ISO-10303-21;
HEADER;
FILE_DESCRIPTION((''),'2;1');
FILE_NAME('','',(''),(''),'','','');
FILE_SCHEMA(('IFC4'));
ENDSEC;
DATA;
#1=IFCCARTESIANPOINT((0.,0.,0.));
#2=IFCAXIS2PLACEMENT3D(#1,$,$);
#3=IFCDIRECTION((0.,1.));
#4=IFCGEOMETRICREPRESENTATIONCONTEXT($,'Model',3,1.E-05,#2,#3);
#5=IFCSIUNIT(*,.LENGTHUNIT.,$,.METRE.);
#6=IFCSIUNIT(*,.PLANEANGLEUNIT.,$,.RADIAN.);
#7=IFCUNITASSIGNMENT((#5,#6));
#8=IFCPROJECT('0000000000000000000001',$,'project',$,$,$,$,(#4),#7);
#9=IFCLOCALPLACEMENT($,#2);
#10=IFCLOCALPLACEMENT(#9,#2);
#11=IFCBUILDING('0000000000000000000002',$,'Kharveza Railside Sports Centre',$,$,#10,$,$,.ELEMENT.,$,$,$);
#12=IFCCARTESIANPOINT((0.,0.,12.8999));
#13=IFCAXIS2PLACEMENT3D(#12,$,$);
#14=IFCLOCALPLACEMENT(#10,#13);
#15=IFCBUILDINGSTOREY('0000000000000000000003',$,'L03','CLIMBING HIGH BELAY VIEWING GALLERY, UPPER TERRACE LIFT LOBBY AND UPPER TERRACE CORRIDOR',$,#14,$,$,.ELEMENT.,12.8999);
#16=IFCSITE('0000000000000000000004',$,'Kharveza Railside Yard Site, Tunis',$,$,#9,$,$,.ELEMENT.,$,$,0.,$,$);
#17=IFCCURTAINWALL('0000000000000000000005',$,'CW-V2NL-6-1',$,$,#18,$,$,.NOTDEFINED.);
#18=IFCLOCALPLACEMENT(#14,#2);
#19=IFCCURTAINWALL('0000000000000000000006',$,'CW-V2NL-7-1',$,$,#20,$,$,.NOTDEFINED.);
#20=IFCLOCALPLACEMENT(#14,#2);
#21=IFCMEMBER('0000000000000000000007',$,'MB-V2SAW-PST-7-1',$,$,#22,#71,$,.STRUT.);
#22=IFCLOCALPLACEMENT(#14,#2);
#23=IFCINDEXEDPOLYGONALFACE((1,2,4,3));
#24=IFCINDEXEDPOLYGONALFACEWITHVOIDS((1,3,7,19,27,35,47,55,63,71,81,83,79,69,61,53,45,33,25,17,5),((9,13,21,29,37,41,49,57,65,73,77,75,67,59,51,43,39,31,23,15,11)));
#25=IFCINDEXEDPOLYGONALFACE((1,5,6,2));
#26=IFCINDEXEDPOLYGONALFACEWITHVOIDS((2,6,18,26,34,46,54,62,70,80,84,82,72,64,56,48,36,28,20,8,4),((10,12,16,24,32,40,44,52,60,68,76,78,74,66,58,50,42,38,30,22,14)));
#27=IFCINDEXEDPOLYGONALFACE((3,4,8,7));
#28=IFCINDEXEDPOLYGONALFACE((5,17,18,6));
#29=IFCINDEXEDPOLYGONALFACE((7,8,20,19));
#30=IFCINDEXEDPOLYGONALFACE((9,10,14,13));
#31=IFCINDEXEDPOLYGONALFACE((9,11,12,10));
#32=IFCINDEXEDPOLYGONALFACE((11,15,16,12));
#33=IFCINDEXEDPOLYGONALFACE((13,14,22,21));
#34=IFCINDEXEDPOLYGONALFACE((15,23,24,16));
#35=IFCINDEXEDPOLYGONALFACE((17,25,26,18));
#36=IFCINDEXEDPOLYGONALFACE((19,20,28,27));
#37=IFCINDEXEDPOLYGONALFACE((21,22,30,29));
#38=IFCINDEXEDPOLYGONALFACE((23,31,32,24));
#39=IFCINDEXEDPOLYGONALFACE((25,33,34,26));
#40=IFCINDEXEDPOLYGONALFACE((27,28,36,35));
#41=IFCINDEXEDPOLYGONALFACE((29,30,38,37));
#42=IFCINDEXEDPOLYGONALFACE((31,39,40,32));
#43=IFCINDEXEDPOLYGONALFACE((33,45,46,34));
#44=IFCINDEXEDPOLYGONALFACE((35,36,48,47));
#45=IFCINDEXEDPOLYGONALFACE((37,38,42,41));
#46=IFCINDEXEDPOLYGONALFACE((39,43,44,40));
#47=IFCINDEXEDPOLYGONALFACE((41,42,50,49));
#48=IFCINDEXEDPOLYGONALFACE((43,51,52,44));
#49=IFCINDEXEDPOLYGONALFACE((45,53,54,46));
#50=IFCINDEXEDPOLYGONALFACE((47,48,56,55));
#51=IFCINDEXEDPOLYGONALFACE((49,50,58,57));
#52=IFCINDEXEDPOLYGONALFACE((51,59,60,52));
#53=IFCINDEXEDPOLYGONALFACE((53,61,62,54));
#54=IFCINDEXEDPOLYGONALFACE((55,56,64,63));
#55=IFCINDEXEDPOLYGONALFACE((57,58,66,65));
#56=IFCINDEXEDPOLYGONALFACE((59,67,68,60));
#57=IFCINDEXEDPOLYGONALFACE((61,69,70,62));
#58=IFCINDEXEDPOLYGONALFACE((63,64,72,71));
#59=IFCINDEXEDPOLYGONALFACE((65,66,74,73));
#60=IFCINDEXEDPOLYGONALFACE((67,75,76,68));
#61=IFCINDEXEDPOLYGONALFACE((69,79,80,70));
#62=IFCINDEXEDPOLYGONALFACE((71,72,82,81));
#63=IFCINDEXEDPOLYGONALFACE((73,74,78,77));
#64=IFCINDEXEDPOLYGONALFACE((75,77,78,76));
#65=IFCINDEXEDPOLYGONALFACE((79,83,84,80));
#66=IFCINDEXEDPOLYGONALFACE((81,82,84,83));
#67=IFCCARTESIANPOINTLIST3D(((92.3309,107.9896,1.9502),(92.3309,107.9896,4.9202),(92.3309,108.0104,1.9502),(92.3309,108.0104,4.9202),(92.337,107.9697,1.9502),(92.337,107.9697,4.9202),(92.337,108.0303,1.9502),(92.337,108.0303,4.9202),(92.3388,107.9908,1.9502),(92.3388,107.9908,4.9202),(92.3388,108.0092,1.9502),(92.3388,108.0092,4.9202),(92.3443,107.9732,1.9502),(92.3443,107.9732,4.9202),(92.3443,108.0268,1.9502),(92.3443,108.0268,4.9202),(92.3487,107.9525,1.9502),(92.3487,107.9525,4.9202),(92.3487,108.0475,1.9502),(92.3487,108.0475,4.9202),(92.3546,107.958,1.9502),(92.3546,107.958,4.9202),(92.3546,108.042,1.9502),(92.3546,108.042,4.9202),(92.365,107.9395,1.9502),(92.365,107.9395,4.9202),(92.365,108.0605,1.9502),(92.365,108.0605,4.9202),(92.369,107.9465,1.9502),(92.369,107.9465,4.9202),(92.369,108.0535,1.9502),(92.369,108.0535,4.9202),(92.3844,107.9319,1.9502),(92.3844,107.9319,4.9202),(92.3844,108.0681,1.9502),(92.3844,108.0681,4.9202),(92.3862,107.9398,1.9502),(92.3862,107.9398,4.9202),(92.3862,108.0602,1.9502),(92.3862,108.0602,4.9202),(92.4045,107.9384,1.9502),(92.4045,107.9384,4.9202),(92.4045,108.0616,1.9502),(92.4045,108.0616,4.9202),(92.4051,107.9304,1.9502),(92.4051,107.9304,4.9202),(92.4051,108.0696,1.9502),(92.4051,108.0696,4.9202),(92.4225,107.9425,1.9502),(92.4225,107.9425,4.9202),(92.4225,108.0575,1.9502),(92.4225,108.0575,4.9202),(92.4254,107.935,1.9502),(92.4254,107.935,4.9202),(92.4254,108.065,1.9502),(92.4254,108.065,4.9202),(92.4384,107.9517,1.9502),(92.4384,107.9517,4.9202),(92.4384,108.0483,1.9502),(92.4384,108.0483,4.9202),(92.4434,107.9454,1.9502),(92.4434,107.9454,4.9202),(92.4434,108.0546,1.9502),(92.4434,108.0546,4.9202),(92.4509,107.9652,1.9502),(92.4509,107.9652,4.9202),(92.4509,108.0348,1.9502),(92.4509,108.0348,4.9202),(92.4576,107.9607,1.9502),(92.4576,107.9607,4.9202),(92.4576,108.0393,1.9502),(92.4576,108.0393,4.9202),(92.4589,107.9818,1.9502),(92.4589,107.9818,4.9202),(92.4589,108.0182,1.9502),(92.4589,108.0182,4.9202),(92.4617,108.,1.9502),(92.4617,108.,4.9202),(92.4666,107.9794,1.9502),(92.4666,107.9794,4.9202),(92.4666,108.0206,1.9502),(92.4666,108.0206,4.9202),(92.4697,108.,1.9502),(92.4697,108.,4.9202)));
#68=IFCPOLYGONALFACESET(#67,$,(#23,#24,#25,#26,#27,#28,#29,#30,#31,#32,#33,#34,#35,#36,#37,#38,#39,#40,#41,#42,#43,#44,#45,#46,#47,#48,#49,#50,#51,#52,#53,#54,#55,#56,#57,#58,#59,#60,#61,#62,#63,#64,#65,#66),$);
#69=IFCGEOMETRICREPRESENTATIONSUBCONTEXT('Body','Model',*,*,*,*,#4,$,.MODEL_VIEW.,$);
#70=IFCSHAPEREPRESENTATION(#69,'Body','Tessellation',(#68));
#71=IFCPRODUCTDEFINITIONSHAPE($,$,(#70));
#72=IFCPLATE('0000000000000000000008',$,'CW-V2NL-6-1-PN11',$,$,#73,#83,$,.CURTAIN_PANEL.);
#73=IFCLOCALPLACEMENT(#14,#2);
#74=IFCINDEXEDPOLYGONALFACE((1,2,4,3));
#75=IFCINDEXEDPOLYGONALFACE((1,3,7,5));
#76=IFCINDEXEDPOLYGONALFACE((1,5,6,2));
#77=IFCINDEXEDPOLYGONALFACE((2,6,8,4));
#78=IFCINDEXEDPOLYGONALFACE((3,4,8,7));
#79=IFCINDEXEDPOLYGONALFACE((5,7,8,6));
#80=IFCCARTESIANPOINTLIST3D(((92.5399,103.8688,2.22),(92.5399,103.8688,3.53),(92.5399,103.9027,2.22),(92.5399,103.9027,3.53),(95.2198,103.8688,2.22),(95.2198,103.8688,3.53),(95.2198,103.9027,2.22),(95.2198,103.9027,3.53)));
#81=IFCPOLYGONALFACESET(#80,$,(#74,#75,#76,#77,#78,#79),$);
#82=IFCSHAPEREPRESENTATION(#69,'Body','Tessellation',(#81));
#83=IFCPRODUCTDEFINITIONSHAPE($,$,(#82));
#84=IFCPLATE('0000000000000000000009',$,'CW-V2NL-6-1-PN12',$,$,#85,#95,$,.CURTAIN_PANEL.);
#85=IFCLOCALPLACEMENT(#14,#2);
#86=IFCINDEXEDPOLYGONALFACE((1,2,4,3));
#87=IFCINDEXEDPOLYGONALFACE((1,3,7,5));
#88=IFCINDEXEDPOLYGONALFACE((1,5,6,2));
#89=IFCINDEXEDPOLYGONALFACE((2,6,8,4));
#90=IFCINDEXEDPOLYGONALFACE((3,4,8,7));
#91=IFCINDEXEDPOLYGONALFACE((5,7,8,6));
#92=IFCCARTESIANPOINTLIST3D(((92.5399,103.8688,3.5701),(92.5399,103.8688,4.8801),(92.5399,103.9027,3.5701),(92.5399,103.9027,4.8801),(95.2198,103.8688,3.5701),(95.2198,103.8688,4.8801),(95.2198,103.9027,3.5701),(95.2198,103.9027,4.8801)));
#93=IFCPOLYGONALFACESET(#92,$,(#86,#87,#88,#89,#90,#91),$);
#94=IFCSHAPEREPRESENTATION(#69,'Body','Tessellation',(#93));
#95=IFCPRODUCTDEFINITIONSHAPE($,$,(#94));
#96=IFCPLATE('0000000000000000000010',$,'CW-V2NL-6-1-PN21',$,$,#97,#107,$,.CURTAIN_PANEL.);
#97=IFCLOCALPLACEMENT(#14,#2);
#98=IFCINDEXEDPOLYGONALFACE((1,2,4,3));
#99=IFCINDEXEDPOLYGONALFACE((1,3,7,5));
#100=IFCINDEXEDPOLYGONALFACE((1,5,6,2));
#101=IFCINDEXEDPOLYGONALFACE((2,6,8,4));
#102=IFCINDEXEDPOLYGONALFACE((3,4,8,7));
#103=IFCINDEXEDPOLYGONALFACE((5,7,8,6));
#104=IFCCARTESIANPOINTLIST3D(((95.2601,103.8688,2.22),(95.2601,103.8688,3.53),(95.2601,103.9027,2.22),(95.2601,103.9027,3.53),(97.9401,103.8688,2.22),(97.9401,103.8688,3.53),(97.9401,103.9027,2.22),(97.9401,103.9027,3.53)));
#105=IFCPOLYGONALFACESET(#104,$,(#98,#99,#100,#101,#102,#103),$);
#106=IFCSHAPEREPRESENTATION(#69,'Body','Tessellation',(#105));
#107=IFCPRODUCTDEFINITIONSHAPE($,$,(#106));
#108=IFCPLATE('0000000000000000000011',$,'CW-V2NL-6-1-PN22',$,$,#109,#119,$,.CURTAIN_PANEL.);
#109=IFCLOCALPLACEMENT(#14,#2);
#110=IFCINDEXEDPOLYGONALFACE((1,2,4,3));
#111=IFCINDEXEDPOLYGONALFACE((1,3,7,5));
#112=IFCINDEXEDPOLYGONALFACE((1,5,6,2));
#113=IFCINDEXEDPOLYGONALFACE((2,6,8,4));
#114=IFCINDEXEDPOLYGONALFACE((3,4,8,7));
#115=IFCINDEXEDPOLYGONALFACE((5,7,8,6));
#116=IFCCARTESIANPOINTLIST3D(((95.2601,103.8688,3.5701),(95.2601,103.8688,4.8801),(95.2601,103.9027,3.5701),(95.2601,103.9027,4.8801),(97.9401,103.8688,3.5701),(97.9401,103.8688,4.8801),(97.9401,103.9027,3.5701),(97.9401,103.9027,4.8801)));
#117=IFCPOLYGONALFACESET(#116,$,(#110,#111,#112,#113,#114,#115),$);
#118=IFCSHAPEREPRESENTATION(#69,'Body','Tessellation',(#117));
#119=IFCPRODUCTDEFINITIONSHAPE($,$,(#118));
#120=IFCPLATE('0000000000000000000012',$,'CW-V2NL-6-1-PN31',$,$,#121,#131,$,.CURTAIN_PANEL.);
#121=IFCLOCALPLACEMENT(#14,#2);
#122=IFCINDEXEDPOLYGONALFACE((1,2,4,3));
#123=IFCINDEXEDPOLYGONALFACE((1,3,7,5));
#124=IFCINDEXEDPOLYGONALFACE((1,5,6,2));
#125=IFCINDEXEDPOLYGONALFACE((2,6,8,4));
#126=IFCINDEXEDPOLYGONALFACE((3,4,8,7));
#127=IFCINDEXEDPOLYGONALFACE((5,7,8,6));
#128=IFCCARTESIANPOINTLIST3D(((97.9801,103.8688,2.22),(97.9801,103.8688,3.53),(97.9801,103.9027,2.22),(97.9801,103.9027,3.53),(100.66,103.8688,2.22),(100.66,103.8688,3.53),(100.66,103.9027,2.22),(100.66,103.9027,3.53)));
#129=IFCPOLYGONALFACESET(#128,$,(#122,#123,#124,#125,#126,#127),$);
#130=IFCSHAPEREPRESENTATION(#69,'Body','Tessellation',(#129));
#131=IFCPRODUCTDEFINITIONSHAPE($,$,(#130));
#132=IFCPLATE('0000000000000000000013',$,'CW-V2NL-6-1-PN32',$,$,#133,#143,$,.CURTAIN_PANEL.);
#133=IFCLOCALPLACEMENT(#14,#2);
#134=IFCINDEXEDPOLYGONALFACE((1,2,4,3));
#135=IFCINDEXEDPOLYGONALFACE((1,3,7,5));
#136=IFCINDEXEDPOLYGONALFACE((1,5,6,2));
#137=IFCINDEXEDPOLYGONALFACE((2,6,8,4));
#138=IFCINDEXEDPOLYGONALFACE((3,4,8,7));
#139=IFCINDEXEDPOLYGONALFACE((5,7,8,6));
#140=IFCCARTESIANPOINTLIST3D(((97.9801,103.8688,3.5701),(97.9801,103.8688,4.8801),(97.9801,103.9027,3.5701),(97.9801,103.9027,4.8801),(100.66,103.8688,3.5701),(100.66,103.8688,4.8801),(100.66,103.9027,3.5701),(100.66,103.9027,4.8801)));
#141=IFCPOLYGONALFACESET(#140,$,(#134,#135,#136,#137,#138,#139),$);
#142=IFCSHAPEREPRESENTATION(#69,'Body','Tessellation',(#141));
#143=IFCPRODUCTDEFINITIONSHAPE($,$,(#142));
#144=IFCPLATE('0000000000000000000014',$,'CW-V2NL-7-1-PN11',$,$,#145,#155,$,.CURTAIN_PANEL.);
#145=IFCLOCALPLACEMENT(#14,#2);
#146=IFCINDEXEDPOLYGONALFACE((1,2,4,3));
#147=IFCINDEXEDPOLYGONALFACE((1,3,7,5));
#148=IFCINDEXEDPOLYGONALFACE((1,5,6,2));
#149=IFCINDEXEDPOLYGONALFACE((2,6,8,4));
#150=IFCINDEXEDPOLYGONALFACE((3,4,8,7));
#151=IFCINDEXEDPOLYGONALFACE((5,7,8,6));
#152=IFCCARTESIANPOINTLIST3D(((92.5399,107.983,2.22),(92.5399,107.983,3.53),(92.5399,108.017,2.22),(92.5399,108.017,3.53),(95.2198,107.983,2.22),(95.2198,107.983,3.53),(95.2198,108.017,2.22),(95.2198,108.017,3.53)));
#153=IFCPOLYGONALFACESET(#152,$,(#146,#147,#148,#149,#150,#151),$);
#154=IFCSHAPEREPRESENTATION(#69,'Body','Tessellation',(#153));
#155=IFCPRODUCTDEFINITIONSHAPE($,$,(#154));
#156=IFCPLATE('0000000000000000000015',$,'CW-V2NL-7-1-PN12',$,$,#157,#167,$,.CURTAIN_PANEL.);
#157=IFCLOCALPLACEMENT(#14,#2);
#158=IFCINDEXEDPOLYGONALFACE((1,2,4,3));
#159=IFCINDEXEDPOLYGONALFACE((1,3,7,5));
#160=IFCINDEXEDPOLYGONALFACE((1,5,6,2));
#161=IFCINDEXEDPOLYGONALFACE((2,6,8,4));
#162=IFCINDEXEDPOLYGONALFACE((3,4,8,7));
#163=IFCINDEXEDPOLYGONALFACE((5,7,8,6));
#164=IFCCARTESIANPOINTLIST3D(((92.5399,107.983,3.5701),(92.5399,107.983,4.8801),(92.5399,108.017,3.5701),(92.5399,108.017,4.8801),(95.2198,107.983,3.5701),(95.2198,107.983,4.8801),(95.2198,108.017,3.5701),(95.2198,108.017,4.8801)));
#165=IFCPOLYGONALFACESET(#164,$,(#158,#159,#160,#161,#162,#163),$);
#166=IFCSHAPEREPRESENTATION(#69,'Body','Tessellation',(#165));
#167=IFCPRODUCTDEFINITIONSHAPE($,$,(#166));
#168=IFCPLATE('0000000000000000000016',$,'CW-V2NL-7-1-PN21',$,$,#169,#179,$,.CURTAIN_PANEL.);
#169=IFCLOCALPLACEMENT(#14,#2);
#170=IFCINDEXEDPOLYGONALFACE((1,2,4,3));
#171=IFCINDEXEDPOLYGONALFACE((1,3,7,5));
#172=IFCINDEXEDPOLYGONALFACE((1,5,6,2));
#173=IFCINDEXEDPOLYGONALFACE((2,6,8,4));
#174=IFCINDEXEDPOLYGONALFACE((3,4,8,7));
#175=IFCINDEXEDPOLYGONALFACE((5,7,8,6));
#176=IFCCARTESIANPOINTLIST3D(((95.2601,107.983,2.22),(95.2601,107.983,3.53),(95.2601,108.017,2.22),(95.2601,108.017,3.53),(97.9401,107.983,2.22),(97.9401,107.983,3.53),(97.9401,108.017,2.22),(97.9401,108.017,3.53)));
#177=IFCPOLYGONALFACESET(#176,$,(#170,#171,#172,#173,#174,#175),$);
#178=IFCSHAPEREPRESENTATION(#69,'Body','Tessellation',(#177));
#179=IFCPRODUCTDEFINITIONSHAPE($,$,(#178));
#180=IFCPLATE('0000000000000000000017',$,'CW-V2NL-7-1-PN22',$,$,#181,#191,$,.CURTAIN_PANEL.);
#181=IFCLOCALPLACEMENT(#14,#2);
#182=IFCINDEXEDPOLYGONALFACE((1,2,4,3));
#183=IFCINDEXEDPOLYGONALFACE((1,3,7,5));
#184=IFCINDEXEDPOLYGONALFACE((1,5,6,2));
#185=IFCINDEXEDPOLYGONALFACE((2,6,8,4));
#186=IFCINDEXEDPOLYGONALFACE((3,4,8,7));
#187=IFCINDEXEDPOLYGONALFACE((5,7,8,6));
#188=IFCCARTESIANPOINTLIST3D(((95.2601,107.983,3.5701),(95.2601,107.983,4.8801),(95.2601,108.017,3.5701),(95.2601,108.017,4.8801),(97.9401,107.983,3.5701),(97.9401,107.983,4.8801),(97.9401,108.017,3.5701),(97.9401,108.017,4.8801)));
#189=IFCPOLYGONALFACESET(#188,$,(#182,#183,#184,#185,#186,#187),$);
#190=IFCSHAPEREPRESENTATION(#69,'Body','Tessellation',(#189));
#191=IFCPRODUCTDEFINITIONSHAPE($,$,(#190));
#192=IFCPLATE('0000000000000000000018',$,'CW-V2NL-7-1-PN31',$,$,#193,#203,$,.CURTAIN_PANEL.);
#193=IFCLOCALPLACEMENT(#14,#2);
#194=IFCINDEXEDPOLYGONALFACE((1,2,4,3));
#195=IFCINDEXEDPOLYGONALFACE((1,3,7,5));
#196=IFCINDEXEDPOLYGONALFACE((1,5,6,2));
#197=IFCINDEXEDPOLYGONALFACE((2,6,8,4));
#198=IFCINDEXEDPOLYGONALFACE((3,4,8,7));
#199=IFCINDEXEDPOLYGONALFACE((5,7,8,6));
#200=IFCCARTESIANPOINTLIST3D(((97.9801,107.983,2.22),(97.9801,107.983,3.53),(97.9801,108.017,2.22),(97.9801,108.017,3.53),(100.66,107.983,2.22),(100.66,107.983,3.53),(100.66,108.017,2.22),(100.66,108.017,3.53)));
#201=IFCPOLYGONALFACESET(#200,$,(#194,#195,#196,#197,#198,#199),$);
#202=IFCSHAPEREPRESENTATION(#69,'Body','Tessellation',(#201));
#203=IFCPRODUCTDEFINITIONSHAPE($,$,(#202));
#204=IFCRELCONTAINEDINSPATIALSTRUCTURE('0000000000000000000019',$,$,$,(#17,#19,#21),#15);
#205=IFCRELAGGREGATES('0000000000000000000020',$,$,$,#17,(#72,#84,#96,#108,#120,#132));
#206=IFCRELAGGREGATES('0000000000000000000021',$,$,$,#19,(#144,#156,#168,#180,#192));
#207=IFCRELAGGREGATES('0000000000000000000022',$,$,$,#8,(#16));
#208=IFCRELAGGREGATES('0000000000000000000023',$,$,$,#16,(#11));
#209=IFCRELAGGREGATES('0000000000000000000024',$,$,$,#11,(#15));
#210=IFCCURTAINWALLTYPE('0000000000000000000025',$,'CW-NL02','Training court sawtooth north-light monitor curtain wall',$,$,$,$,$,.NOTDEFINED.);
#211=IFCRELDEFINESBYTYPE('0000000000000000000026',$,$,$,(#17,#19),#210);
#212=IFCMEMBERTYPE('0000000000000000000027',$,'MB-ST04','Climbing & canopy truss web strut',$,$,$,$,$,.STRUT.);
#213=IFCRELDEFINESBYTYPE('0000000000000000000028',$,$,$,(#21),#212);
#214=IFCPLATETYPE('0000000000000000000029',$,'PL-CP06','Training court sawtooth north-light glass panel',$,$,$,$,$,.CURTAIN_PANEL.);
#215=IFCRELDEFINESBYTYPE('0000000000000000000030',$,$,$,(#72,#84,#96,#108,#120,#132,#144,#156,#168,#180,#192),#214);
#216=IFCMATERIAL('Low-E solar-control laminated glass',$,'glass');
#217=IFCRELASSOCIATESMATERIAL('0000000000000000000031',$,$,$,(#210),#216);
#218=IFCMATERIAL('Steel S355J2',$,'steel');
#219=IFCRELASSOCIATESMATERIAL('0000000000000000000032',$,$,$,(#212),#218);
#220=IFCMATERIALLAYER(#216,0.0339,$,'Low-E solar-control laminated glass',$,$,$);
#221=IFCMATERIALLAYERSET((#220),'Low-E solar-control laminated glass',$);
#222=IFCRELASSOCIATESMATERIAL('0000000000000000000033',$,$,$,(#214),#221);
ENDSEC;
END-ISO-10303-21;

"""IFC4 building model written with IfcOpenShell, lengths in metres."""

from ifc_helpers import new_model, si_unit, direction, frame, origin, origin_2d, place, context, subcontext, project, spatial, rectangle, hollow_circle, extrude, material, layer, layer_set, material_profile, profile_set, type_object, element, aggregate, save


model = new_model("IFC4")

# Units and contexts
model_context = context("Model", 3, precision=1e-05, world=origin(), true_north=direction((0.0, 1.0)))
body_context = subcontext(model_context, "Body", "Model", "MODEL_VIEW")
ifc_project = project(units=[si_unit("LENGTHUNIT", "METRE"), si_unit("PLANEANGLEUNIT", "RADIAN")], contexts=[model_context])

# Site, building, storey
site_placement = place(None, origin())
site = spatial("IfcSite", under=ifc_project, at=site_placement, Name="Kharveza Railside Yard Site, Tunis", CompositionType="ELEMENT", RefElevation=0.0)
building_placement = place(site_placement, origin())
building = spatial("IfcBuilding", under=site, at=building_placement, Name="Kharveza Railside Sports Centre", CompositionType="ELEMENT")
storey_placement = place(building_placement, frame((0.0, 0.0, 12.8999)))
storey = spatial("IfcBuildingStorey", under=building, at=storey_placement, Name="L03", Description="CLIMBING HIGH BELAY VIEWING GALLERY, UPPER TERRACE LIFT LOBBY AND UPPER TERRACE CORRIDOR", CompositionType="ELEMENT", Elevation=12.8999)

# Shared definitions
ifc_material_1 = material(Name="Steel S355J2", Category="steel")

# Curtain walls
ifc_material_2 = material(Name="Low-E solar-control laminated glass", Category="glass")
curtain_wall_type = type_object("IfcCurtainWallType", Name="CW-NL02", Description="Training court sawtooth north-light monitor curtain wall", PredefinedType="NOTDEFINED", material=ifc_material_2)
curtain_wall_1_placement = place(storey_placement, origin())
curtain_wall_1 = element("IfcCurtainWall", 1, at=curtain_wall_1_placement, inside=storey, type_object=curtain_wall_type, Name="CW-V2NL-6-1", PredefinedType="NOTDEFINED")
curtain_wall_2_placement = place(storey_placement, origin())
curtain_wall_2 = element("IfcCurtainWall", 2, at=curtain_wall_2_placement, inside=storey, type_object=curtain_wall_type, Name="CW-V2NL-7-1", PredefinedType="NOTDEFINED")

# Member
ifc_material_profile_1 = material_profile(ifc_material_1, hollow_circle(Radius=0.0698, WallThickness=0.0081, at=origin_2d()), Name="CHS 139.7x8.0")
ifc_profile_set_1 = profile_set([ifc_material_profile_1], Name="Steel S355J2")
member_type_1 = type_object("IfcMemberType", Name="MB-ST04", Description="Climbing & canopy truss web strut", PredefinedType="STRUT", material=ifc_profile_set_1)
member_1_placement = place(storey_placement, frame((92.3999, 108.0, 1.9502), z_axis=(0.0, 0.0, 1.0), x_axis=(1.0, 0.0, 0.0)))
element("IfcMember", 3, at=member_1_placement, inside=storey, type_object=member_type_1, Name="MB-V2SAW-PST-7-1", PredefinedType="STRUT", context=body_context, shape_type="SweptSolid", body=[
    extrude(hollow_circle(Radius=0.0698, WallThickness=0.0081, at=origin_2d()), origin(), (0.0, 0.0, 1.0), 2.97),
])

# Plates
ifc_layer_1 = layer(ifc_material_2, 0.0339, Name="Low-E solar-control laminated glass")
ifc_layer_set_1 = layer_set([ifc_layer_1], Name="Low-E solar-control laminated glass")
plate_type_1 = type_object("IfcPlateType", Name="PL-CP06", Description="Training court sawtooth north-light glass panel", PredefinedType="CURTAIN_PANEL", material=ifc_layer_set_1)
plate_1_placement = place(storey_placement, frame((93.8799, 103.8857, 2.22), z_axis=(0.0, 0.0, 1.0), x_axis=(1.0, 0.0, 0.0)))
plate_1 = element("IfcPlate", 4, at=plate_1_placement, type_object=plate_type_1, Name="CW-V2NL-6-1-PN11", PredefinedType="CURTAIN_PANEL", context=body_context, shape_type="SweptSolid", body=[
    extrude(rectangle(XDim=2.6799, YDim=0.0339, at=origin_2d()), origin(), (0.0, 0.0, 1.0), 1.3101),
])
plate_2_placement = place(storey_placement, frame((93.8799, 103.8857, 3.5701), z_axis=(0.0, 0.0, 1.0), x_axis=(1.0, 0.0, 0.0)))
plate_2 = element("IfcPlate", 5, at=plate_2_placement, type_object=plate_type_1, Name="CW-V2NL-6-1-PN12", PredefinedType="CURTAIN_PANEL", context=body_context, shape_type="SweptSolid", body=[
    extrude(rectangle(XDim=2.6799, YDim=0.0339, at=origin_2d()), origin(), (0.0, 0.0, 1.0), 1.3101),
])
plate_3_placement = place(storey_placement, frame((96.6001, 103.8857, 2.22), z_axis=(0.0, 0.0, 1.0), x_axis=(1.0, 0.0, 0.0)))
plate_3 = element("IfcPlate", 6, at=plate_3_placement, type_object=plate_type_1, Name="CW-V2NL-6-1-PN21", PredefinedType="CURTAIN_PANEL", context=body_context, shape_type="SweptSolid", body=[
    extrude(rectangle(XDim=2.6799, YDim=0.0339, at=origin_2d()), origin(), (0.0, 0.0, 1.0), 1.3101),
])
plate_4_placement = place(storey_placement, frame((96.6001, 103.8857, 3.5701), z_axis=(0.0, 0.0, 1.0), x_axis=(1.0, 0.0, 0.0)))
plate_4 = element("IfcPlate", 7, at=plate_4_placement, type_object=plate_type_1, Name="CW-V2NL-6-1-PN22", PredefinedType="CURTAIN_PANEL", context=body_context, shape_type="SweptSolid", body=[
    extrude(rectangle(XDim=2.6799, YDim=0.0339, at=origin_2d()), origin(), (0.0, 0.0, 1.0), 1.3101),
])
plate_5_placement = place(storey_placement, frame((99.3201, 103.8857, 2.22), z_axis=(0.0, 0.0, 1.0), x_axis=(1.0, 0.0, 0.0)))
plate_5 = element("IfcPlate", 8, at=plate_5_placement, type_object=plate_type_1, Name="CW-V2NL-6-1-PN31", PredefinedType="CURTAIN_PANEL", context=body_context, shape_type="SweptSolid", body=[
    extrude(rectangle(XDim=2.6799, YDim=0.0339, at=origin_2d()), origin(), (0.0, 0.0, 1.0), 1.3101),
])
plate_6_placement = place(storey_placement, frame((99.3201, 103.8857, 3.5701), z_axis=(0.0, 0.0, 1.0), x_axis=(1.0, 0.0, 0.0)))
plate_6 = element("IfcPlate", 9, at=plate_6_placement, type_object=plate_type_1, Name="CW-V2NL-6-1-PN32", PredefinedType="CURTAIN_PANEL", context=body_context, shape_type="SweptSolid", body=[
    extrude(rectangle(XDim=2.6799, YDim=0.0339, at=origin_2d()), origin(), (0.0, 0.0, 1.0), 1.3101),
])
aggregate(curtain_wall_1, [plate_1, plate_2, plate_3, plate_4, plate_5, plate_6])
plate_7_placement = place(storey_placement, frame((93.8799, 108.0, 2.22), z_axis=(0.0, 0.0, 1.0), x_axis=(1.0, 0.0, 0.0)))
plate_7 = element("IfcPlate", 10, at=plate_7_placement, type_object=plate_type_1, Name="CW-V2NL-7-1-PN11", PredefinedType="CURTAIN_PANEL", context=body_context, shape_type="SweptSolid", body=[
    extrude(rectangle(XDim=2.6799, YDim=0.0339, at=origin_2d()), origin(), (0.0, 0.0, 1.0), 1.3101),
])
plate_8_placement = place(storey_placement, frame((93.8799, 108.0, 3.5701), z_axis=(0.0, 0.0, 1.0), x_axis=(1.0, 0.0, 0.0)))
plate_8 = element("IfcPlate", 11, at=plate_8_placement, type_object=plate_type_1, Name="CW-V2NL-7-1-PN12", PredefinedType="CURTAIN_PANEL", context=body_context, shape_type="SweptSolid", body=[
    extrude(rectangle(XDim=2.6799, YDim=0.0339, at=origin_2d()), origin(), (0.0, 0.0, 1.0), 1.3101),
])
plate_9_placement = place(storey_placement, frame((96.6001, 108.0, 2.22), z_axis=(0.0, 0.0, 1.0), x_axis=(1.0, 0.0, 0.0)))
plate_9 = element("IfcPlate", 12, at=plate_9_placement, type_object=plate_type_1, Name="CW-V2NL-7-1-PN21", PredefinedType="CURTAIN_PANEL", context=body_context, shape_type="SweptSolid", body=[
    extrude(rectangle(XDim=2.6799, YDim=0.0339, at=origin_2d()), origin(), (0.0, 0.0, 1.0), 1.3101),
])
plate_10_placement = place(storey_placement, frame((96.6001, 108.0, 3.5701), z_axis=(0.0, 0.0, 1.0), x_axis=(1.0, 0.0, 0.0)))
plate_10 = element("IfcPlate", 13, at=plate_10_placement, type_object=plate_type_1, Name="CW-V2NL-7-1-PN22", PredefinedType="CURTAIN_PANEL", context=body_context, shape_type="SweptSolid", body=[
    extrude(rectangle(XDim=2.6799, YDim=0.0339, at=origin_2d()), origin(), (0.0, 0.0, 1.0), 1.3101),
])
plate_11_placement = place(storey_placement, frame((99.3201, 108.0, 2.22), z_axis=(0.0, 0.0, 1.0), x_axis=(1.0, 0.0, 0.0)))
plate_11 = element("IfcPlate", 14, at=plate_11_placement, type_object=plate_type_1, Name="CW-V2NL-7-1-PN31", PredefinedType="CURTAIN_PANEL", context=body_context, shape_type="SweptSolid", body=[
    extrude(rectangle(XDim=2.6799, YDim=0.0339, at=origin_2d()), origin(), (0.0, 0.0, 1.0), 1.3101),
])
aggregate(curtain_wall_2, [plate_7, plate_8, plate_9, plate_10, plate_11])

save(model, "model.ifc")
